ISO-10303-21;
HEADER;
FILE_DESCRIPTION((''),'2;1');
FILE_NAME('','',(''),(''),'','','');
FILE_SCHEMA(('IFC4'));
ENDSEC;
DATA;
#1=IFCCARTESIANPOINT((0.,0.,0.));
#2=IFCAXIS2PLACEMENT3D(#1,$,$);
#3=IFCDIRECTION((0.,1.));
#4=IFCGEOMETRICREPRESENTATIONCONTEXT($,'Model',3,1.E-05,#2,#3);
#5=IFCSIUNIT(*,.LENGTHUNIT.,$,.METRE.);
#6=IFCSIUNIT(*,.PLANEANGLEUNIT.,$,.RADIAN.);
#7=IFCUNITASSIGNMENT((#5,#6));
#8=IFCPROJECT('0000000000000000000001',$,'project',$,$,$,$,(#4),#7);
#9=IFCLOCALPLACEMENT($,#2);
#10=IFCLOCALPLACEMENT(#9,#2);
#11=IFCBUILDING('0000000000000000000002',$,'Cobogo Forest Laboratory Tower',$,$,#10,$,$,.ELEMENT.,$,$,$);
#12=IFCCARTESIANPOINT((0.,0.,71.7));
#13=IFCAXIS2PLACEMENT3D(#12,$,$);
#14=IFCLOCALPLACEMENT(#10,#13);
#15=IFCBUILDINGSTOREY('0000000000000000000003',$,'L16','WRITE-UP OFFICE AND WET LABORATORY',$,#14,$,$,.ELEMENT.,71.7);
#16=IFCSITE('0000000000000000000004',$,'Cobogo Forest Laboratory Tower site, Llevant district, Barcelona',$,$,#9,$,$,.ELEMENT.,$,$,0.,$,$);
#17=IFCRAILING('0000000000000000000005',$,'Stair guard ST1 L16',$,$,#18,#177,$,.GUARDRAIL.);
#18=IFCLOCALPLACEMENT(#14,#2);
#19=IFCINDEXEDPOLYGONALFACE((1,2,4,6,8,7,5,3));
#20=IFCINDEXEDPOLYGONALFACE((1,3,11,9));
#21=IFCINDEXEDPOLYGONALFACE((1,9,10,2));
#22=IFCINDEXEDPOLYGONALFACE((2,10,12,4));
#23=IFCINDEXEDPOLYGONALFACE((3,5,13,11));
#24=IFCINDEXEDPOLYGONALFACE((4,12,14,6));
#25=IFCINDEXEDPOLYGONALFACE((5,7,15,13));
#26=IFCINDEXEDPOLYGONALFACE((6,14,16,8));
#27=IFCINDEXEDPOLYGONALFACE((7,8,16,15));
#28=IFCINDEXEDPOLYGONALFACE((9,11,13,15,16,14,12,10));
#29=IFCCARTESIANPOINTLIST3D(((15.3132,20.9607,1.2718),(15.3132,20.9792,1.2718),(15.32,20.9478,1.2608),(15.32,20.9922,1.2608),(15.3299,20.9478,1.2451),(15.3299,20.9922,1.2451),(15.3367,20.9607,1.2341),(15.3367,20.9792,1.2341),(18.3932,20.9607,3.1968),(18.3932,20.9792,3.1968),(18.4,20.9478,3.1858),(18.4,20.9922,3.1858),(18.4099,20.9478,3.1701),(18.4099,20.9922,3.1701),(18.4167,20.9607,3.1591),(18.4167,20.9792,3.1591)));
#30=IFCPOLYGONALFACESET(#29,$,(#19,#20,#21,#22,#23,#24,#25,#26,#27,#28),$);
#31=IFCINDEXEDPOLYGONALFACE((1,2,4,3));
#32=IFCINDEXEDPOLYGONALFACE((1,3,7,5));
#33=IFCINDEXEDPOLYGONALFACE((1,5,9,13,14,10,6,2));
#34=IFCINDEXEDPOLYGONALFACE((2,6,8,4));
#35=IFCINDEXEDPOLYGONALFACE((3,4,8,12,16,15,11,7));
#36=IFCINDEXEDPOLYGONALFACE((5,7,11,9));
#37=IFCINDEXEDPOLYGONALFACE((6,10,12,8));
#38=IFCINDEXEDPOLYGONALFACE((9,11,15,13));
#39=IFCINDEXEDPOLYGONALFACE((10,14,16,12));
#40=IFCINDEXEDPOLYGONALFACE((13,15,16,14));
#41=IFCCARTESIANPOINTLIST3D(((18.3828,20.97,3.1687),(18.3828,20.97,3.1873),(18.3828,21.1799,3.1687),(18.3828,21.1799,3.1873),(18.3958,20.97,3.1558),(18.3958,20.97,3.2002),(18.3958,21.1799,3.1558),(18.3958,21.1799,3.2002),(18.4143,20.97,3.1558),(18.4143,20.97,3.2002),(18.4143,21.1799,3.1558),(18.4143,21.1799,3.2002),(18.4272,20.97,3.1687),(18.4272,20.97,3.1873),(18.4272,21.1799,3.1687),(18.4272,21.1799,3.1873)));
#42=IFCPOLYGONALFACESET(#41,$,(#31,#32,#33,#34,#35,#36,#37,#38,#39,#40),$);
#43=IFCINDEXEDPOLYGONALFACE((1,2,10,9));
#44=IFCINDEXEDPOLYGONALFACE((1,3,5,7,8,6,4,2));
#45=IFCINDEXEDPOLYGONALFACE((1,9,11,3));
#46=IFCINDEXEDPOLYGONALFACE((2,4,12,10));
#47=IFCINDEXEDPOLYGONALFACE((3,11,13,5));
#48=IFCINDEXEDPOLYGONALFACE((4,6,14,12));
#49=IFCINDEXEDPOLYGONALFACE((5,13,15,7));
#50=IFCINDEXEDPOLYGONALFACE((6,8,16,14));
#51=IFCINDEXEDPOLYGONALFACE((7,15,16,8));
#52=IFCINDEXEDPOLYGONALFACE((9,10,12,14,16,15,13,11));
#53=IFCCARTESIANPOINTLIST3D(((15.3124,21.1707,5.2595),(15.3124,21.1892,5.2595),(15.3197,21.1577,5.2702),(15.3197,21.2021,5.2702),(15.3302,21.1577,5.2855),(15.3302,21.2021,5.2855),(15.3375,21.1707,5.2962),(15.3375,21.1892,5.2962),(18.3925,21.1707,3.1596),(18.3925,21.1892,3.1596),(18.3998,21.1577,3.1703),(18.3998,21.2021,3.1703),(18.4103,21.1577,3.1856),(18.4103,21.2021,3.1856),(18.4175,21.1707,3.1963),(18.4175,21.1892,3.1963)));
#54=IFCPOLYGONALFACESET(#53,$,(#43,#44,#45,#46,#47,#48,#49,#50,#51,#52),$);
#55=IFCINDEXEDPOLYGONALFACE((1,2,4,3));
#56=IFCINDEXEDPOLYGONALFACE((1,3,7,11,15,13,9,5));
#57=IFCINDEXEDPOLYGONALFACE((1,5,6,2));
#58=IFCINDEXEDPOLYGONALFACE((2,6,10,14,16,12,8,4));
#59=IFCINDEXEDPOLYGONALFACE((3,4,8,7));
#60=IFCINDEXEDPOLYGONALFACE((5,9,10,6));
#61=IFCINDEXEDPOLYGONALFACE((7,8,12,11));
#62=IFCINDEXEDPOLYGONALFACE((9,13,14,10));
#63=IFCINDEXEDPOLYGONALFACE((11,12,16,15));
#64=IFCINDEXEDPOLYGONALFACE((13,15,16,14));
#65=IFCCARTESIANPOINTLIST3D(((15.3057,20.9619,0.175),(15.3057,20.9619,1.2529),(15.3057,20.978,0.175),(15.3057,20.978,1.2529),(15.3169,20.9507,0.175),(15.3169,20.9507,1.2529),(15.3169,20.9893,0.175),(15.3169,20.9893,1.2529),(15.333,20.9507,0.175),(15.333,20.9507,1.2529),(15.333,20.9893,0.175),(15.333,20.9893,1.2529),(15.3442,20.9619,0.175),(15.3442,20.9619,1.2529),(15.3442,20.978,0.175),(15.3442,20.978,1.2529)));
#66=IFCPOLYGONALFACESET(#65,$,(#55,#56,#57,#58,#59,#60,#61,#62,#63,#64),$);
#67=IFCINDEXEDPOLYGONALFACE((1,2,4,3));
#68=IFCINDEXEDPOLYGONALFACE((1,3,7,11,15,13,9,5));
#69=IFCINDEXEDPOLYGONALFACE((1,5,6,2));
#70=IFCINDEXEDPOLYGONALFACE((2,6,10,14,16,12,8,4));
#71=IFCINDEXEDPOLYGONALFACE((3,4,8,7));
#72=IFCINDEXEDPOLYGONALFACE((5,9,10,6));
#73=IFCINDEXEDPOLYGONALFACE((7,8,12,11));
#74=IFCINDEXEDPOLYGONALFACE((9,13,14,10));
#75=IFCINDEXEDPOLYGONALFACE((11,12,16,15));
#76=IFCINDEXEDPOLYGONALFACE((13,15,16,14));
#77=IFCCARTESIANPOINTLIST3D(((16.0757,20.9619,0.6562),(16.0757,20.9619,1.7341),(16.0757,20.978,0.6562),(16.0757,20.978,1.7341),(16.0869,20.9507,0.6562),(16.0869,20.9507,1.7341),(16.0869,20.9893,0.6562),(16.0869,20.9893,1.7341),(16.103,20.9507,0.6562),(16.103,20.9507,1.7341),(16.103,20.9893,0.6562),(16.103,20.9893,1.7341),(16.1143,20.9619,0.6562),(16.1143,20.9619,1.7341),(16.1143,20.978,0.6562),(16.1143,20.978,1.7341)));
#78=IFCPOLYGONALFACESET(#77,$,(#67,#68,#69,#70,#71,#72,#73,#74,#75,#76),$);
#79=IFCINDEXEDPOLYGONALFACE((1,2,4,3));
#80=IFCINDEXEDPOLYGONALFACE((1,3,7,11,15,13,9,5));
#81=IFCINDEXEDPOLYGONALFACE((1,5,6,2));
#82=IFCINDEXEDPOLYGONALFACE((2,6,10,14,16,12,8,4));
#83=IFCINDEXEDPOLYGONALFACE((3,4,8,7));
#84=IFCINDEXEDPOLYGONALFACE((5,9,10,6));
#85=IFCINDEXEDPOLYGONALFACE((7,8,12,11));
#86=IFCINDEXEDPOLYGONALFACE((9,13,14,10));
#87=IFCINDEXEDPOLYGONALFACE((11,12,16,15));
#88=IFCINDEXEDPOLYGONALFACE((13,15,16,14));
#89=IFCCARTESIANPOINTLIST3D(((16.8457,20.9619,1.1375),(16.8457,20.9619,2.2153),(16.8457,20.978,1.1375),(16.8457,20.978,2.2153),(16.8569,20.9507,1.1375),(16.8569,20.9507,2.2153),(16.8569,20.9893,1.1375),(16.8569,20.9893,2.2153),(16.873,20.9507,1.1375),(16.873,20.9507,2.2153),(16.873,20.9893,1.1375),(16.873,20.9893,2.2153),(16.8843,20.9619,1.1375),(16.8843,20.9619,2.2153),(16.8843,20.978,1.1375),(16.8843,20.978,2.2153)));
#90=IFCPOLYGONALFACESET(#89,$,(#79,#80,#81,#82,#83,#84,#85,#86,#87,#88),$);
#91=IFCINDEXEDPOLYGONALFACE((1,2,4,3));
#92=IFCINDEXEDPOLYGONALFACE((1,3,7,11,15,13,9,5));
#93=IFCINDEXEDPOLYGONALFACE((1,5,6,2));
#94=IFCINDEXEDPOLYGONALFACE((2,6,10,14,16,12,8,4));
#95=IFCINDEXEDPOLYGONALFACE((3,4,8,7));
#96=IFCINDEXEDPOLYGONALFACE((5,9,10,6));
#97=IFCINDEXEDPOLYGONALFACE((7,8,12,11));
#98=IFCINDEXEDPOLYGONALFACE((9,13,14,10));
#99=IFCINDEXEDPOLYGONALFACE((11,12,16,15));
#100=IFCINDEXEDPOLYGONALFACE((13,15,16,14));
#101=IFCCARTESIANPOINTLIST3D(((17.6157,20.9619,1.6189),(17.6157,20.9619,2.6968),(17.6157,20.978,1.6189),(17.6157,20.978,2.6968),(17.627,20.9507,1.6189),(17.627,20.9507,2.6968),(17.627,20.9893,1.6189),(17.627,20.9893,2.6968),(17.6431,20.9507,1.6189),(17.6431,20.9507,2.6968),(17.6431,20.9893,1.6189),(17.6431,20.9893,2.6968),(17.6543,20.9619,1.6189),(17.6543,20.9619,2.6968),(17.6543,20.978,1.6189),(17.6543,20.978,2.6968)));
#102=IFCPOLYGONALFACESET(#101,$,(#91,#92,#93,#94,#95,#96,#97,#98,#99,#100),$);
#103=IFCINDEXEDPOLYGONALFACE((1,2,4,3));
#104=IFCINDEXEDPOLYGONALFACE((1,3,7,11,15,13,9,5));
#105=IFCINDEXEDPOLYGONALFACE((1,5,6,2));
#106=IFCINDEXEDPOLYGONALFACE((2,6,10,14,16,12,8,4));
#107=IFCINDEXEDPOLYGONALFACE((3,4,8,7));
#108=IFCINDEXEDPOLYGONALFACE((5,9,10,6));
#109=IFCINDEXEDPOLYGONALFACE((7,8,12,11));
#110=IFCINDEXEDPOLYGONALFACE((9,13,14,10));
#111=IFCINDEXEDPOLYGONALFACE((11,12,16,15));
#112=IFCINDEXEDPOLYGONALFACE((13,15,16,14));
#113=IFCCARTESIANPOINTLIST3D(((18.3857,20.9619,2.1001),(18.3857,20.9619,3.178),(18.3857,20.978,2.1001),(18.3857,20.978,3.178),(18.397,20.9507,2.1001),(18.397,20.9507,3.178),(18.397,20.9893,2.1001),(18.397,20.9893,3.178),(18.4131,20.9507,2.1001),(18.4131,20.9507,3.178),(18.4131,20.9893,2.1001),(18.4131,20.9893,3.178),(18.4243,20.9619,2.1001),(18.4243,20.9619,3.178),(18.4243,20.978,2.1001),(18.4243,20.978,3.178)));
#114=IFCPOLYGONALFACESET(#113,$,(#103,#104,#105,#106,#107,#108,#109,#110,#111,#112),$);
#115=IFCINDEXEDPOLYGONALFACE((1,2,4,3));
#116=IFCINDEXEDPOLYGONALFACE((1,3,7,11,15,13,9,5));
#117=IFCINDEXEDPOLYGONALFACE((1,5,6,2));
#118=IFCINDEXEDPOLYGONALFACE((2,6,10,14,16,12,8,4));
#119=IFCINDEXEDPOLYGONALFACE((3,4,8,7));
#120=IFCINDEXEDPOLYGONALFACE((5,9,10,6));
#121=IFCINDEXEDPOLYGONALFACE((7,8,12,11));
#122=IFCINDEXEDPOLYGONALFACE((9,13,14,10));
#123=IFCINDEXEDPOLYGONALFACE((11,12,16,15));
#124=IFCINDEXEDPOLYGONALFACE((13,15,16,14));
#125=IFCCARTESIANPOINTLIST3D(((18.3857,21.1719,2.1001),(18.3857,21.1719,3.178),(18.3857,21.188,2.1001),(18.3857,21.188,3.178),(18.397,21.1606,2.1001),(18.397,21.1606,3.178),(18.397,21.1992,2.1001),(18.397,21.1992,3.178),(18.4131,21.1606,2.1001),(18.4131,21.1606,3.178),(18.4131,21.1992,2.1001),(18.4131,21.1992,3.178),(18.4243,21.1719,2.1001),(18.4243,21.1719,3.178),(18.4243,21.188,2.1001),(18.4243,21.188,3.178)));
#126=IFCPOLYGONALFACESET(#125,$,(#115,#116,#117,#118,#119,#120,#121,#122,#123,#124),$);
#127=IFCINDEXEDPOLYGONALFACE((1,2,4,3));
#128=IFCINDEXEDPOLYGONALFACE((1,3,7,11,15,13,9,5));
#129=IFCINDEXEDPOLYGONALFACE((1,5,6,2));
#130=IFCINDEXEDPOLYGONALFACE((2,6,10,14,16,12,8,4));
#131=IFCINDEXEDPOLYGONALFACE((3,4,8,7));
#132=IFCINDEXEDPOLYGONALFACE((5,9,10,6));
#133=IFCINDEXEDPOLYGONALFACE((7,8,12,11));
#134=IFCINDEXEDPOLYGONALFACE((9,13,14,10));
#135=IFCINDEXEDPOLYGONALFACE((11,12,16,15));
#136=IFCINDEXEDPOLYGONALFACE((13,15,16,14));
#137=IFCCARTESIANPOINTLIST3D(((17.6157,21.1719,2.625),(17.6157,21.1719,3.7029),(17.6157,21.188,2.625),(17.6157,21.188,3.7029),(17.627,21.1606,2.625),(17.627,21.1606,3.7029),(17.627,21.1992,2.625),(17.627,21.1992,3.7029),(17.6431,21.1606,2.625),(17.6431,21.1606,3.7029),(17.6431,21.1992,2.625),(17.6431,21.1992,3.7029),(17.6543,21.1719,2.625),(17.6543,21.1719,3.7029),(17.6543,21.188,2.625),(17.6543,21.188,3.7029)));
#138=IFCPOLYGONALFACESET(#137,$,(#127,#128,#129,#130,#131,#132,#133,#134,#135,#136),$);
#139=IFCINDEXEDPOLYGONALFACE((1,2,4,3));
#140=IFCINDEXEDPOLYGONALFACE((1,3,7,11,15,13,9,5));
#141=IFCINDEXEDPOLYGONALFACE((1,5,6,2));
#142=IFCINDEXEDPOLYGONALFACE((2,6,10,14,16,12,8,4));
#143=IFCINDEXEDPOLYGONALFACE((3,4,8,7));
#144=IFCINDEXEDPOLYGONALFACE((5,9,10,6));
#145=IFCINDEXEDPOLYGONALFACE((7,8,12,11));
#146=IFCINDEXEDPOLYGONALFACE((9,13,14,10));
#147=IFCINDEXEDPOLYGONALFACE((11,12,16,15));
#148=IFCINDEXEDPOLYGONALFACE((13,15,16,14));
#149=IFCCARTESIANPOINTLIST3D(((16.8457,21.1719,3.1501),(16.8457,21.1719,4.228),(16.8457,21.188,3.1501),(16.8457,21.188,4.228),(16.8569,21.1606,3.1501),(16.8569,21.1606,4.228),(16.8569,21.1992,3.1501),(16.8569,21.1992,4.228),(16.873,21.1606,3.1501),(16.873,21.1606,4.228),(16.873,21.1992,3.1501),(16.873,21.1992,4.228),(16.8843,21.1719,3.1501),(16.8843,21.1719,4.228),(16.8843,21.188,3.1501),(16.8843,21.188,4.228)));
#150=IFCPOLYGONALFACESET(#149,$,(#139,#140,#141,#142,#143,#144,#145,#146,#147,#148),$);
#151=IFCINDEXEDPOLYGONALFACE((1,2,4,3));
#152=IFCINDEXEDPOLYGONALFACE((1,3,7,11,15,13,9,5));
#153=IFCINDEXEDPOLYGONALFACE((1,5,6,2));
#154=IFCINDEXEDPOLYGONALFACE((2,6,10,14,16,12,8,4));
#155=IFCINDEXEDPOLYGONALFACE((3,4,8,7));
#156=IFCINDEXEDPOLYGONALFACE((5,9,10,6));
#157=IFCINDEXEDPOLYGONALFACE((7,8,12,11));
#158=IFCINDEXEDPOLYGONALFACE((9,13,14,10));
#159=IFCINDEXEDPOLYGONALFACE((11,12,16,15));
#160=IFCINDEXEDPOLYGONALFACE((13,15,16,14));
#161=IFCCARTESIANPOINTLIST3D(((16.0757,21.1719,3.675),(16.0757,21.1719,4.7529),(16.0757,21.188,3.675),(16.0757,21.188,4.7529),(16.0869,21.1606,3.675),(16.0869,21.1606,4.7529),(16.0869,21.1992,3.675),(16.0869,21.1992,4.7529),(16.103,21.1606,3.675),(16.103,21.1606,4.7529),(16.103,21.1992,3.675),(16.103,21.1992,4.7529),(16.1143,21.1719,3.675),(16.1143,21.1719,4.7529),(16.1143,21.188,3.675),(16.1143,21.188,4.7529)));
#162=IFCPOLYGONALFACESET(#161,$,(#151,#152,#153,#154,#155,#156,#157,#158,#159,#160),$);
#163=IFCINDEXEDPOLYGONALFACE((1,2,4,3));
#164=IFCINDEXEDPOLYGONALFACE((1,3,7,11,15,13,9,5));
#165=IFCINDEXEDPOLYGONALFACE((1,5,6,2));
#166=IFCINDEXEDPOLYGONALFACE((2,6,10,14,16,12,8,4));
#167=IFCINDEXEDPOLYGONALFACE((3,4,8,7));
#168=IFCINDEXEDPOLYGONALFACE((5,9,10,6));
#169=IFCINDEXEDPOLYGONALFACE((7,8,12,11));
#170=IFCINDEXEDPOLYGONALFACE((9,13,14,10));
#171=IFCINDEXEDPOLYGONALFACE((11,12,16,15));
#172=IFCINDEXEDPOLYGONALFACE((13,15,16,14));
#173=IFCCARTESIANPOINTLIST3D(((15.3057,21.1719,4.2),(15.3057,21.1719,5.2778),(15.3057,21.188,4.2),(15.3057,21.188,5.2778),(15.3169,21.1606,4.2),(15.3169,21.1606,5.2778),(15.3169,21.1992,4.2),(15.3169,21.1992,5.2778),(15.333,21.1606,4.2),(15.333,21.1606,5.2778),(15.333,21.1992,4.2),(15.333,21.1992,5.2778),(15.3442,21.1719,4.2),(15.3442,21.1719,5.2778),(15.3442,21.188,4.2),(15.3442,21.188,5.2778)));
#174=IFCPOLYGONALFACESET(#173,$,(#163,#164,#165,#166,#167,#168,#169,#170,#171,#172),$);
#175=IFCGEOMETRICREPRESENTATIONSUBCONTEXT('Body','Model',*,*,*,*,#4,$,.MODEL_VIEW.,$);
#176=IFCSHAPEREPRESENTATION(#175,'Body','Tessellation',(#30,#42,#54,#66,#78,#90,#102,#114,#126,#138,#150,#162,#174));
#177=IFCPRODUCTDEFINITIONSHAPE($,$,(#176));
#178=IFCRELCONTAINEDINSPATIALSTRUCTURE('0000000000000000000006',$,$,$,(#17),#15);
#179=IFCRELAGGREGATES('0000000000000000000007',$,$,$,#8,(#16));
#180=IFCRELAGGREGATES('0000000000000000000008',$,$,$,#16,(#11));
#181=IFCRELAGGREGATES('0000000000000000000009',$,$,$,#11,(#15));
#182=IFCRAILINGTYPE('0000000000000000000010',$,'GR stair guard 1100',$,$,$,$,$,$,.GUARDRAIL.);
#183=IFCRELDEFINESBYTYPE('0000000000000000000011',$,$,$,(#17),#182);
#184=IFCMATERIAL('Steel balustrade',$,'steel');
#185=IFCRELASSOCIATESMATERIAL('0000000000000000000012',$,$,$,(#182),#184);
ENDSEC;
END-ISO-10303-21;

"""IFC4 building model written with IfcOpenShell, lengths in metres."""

from ifc_helpers import new_model, si_unit, direction, frame, origin, place, context, subcontext, project, spatial, polyline, outline, extrude, material, type_object, element, save


model = new_model("IFC4")

# Units and contexts
model_context = context("Model", 3, precision=1e-05, world=origin(), true_north=direction((0.0, 1.0)))
body_context = subcontext(model_context, "Body", "Model", "MODEL_VIEW")
ifc_project = project(units=[si_unit("LENGTHUNIT", "METRE"), si_unit("PLANEANGLEUNIT", "RADIAN")], contexts=[model_context])

# Site, building, storey
site_placement = place(None, origin())
site = spatial("IfcSite", under=ifc_project, at=site_placement, Name="Cobogo Forest Laboratory Tower site, Llevant district, Barcelona", CompositionType="ELEMENT", RefElevation=0.0)
building_placement = place(site_placement, origin())
building = spatial("IfcBuilding", under=site, at=building_placement, Name="Cobogo Forest Laboratory Tower", CompositionType="ELEMENT")
storey_placement = place(building_placement, frame((0.0, 0.0, 71.7)))
storey = spatial("IfcBuildingStorey", under=building, at=storey_placement, Name="L16", Description="WRITE-UP OFFICE AND WET LABORATORY", CompositionType="ELEMENT", Elevation=71.7)

# Railing
ifc_material_1 = material(Name="Steel balustrade", Category="steel")
railing_type_1 = type_object("IfcRailingType", Name="GR stair guard 1100", PredefinedType="GUARDRAIL", material=ifc_material_1)
railing_1_placement = place(storey_placement, frame((15.325, 20.97, 0.175)))
element("IfcRailing", 1, at=railing_1_placement, inside=storey, type_object=railing_type_1, Name="Stair guard ST1 L16", PredefinedType="GUARDRAIL", context=body_context, shape_type="SweptSolid", body=[
    extrude(outline(polyline([(0.0222, 0.0093), (0.0093, 0.0222), (-0.0093, 0.0222), (-0.0222, 0.0093), (-0.0222, -0.0093), (-0.0093, -0.0222), (0.0093, -0.0222), (0.0222, -0.0093), (0.0222, 0.0093)])), frame((0.0, 0.0, 1.0779), z_axis=(0.847998, 0.0, 0.529999), x_axis=(0.0, 1.0, 0.0)), (0.0, 0.0, 1.0), 3.6321),
    extrude(outline(polyline([(0.0222, 0.0093), (0.0093, 0.0222), (-0.0093, 0.0222), (-0.0222, 0.0093), (-0.0222, -0.0093), (-0.0093, -0.0222), (0.0093, -0.0222), (0.0222, -0.0093), (0.0222, 0.0093)])), frame((3.0801, 0.0, 3.0029), z_axis=(0.0, 1.0, 0.0), x_axis=(-1.0, 0.0, 0.0)), (0.0, 0.0, 1.0), 0.21),
    extrude(outline(polyline([(0.0222, 0.0093), (0.0093, 0.0222), (-0.0093, 0.0222), (-0.0222, 0.0093), (-0.0222, -0.0093), (-0.0093, -0.0222), (0.0093, -0.0222), (0.0222, -0.0093), (0.0222, 0.0093)])), frame((3.0801, 0.21, 3.0029), z_axis=(-0.826252, 0.0, 0.5633), x_axis=(0.0, -1.0, 0.0)), (0.0, 0.0, 1.0), 3.7278),
    extrude(outline(polyline([(0.0193, 0.0081), (0.0081, 0.0193), (-0.0081, 0.0193), (-0.0193, 0.0081), (-0.0193, -0.0081), (-0.0081, -0.0193), (0.0081, -0.0193), (0.0193, -0.0081), (0.0193, 0.0081)])), origin(), (0.0, 0.0, 1.0), 1.0779),
    extrude(outline(polyline([(0.0193, 0.0081), (0.0081, 0.0193), (-0.0081, 0.0193), (-0.0193, 0.0081), (-0.0193, -0.0081), (-0.0081, -0.0193), (0.0081, -0.0193), (0.0193, -0.0081), (0.0193, 0.0081)])), frame((0.77, 0.0, 0.4812)), (0.0, 0.0, 1.0), 1.0779),
    extrude(outline(polyline([(0.0193, 0.0081), (0.0081, 0.0193), (-0.0081, 0.0193), (-0.0193, 0.0081), (-0.0193, -0.0081), (-0.0081, -0.0193), (0.0081, -0.0193), (0.0193, -0.0081), (0.0193, 0.0081)])), frame((1.54, 0.0, 0.9624)), (0.0, 0.0, 1.0), 1.0779),
    extrude(outline(polyline([(0.0193, 0.0081), (0.0081, 0.0193), (-0.0081, 0.0193), (-0.0193, 0.0081), (-0.0193, -0.0081), (-0.0081, -0.0193), (0.0081, -0.0193), (0.0193, -0.0081), (0.0193, 0.0081)])), frame((2.3101, 0.0, 1.4438)), (0.0, 0.0, 1.0), 1.0779),
    extrude(outline(polyline([(0.0193, 0.0081), (0.0081, 0.0193), (-0.0081, 0.0193), (-0.0193, 0.0081), (-0.0193, -0.0081), (-0.0081, -0.0193), (0.0081, -0.0193), (0.0193, -0.0081), (0.0193, 0.0081)])), frame((3.0801, 0.0, 1.925)), (0.0, 0.0, 1.0), 1.0779),
    extrude(outline(polyline([(0.0193, 0.0081), (0.0081, 0.0193), (-0.0081, 0.0193), (-0.0193, 0.0081), (-0.0193, -0.0081), (-0.0081, -0.0193), (0.0081, -0.0193), (0.0193, -0.0081), (0.0193, 0.0081)])), frame((3.0801, 0.21, 1.925)), (0.0, 0.0, 1.0), 1.0779),
    extrude(outline(polyline([(0.0193, 0.0081), (0.0081, 0.0193), (-0.0081, 0.0193), (-0.0193, 0.0081), (-0.0193, -0.0081), (-0.0081, -0.0193), (0.0081, -0.0193), (0.0193, -0.0081), (0.0193, 0.0081)])), frame((2.3101, 0.21, 2.45)), (0.0, 0.0, 1.0), 1.0779),
    extrude(outline(polyline([(0.0193, 0.0081), (0.0081, 0.0193), (-0.0081, 0.0193), (-0.0193, 0.0081), (-0.0193, -0.0081), (-0.0081, -0.0193), (0.0081, -0.0193), (0.0193, -0.0081), (0.0193, 0.0081)])), frame((1.54, 0.21, 2.9751)), (0.0, 0.0, 1.0), 1.0779),
    extrude(outline(polyline([(0.0193, 0.0081), (0.0081, 0.0193), (-0.0081, 0.0193), (-0.0193, 0.0081), (-0.0193, -0.0081), (-0.0081, -0.0193), (0.0081, -0.0193), (0.0193, -0.0081), (0.0193, 0.0081)])), frame((0.77, 0.21, 3.5)), (0.0, 0.0, 1.0), 1.0779),
    extrude(outline(polyline([(0.0193, 0.0081), (0.0081, 0.0193), (-0.0081, 0.0193), (-0.0193, 0.0081), (-0.0193, -0.0081), (-0.0081, -0.0193), (0.0081, -0.0193), (0.0193, -0.0081), (0.0193, 0.0081)])), frame((0.0, 0.21, 4.0249)), (0.0, 0.0, 1.0), 1.0779),
])

save(model, "model.ifc")
